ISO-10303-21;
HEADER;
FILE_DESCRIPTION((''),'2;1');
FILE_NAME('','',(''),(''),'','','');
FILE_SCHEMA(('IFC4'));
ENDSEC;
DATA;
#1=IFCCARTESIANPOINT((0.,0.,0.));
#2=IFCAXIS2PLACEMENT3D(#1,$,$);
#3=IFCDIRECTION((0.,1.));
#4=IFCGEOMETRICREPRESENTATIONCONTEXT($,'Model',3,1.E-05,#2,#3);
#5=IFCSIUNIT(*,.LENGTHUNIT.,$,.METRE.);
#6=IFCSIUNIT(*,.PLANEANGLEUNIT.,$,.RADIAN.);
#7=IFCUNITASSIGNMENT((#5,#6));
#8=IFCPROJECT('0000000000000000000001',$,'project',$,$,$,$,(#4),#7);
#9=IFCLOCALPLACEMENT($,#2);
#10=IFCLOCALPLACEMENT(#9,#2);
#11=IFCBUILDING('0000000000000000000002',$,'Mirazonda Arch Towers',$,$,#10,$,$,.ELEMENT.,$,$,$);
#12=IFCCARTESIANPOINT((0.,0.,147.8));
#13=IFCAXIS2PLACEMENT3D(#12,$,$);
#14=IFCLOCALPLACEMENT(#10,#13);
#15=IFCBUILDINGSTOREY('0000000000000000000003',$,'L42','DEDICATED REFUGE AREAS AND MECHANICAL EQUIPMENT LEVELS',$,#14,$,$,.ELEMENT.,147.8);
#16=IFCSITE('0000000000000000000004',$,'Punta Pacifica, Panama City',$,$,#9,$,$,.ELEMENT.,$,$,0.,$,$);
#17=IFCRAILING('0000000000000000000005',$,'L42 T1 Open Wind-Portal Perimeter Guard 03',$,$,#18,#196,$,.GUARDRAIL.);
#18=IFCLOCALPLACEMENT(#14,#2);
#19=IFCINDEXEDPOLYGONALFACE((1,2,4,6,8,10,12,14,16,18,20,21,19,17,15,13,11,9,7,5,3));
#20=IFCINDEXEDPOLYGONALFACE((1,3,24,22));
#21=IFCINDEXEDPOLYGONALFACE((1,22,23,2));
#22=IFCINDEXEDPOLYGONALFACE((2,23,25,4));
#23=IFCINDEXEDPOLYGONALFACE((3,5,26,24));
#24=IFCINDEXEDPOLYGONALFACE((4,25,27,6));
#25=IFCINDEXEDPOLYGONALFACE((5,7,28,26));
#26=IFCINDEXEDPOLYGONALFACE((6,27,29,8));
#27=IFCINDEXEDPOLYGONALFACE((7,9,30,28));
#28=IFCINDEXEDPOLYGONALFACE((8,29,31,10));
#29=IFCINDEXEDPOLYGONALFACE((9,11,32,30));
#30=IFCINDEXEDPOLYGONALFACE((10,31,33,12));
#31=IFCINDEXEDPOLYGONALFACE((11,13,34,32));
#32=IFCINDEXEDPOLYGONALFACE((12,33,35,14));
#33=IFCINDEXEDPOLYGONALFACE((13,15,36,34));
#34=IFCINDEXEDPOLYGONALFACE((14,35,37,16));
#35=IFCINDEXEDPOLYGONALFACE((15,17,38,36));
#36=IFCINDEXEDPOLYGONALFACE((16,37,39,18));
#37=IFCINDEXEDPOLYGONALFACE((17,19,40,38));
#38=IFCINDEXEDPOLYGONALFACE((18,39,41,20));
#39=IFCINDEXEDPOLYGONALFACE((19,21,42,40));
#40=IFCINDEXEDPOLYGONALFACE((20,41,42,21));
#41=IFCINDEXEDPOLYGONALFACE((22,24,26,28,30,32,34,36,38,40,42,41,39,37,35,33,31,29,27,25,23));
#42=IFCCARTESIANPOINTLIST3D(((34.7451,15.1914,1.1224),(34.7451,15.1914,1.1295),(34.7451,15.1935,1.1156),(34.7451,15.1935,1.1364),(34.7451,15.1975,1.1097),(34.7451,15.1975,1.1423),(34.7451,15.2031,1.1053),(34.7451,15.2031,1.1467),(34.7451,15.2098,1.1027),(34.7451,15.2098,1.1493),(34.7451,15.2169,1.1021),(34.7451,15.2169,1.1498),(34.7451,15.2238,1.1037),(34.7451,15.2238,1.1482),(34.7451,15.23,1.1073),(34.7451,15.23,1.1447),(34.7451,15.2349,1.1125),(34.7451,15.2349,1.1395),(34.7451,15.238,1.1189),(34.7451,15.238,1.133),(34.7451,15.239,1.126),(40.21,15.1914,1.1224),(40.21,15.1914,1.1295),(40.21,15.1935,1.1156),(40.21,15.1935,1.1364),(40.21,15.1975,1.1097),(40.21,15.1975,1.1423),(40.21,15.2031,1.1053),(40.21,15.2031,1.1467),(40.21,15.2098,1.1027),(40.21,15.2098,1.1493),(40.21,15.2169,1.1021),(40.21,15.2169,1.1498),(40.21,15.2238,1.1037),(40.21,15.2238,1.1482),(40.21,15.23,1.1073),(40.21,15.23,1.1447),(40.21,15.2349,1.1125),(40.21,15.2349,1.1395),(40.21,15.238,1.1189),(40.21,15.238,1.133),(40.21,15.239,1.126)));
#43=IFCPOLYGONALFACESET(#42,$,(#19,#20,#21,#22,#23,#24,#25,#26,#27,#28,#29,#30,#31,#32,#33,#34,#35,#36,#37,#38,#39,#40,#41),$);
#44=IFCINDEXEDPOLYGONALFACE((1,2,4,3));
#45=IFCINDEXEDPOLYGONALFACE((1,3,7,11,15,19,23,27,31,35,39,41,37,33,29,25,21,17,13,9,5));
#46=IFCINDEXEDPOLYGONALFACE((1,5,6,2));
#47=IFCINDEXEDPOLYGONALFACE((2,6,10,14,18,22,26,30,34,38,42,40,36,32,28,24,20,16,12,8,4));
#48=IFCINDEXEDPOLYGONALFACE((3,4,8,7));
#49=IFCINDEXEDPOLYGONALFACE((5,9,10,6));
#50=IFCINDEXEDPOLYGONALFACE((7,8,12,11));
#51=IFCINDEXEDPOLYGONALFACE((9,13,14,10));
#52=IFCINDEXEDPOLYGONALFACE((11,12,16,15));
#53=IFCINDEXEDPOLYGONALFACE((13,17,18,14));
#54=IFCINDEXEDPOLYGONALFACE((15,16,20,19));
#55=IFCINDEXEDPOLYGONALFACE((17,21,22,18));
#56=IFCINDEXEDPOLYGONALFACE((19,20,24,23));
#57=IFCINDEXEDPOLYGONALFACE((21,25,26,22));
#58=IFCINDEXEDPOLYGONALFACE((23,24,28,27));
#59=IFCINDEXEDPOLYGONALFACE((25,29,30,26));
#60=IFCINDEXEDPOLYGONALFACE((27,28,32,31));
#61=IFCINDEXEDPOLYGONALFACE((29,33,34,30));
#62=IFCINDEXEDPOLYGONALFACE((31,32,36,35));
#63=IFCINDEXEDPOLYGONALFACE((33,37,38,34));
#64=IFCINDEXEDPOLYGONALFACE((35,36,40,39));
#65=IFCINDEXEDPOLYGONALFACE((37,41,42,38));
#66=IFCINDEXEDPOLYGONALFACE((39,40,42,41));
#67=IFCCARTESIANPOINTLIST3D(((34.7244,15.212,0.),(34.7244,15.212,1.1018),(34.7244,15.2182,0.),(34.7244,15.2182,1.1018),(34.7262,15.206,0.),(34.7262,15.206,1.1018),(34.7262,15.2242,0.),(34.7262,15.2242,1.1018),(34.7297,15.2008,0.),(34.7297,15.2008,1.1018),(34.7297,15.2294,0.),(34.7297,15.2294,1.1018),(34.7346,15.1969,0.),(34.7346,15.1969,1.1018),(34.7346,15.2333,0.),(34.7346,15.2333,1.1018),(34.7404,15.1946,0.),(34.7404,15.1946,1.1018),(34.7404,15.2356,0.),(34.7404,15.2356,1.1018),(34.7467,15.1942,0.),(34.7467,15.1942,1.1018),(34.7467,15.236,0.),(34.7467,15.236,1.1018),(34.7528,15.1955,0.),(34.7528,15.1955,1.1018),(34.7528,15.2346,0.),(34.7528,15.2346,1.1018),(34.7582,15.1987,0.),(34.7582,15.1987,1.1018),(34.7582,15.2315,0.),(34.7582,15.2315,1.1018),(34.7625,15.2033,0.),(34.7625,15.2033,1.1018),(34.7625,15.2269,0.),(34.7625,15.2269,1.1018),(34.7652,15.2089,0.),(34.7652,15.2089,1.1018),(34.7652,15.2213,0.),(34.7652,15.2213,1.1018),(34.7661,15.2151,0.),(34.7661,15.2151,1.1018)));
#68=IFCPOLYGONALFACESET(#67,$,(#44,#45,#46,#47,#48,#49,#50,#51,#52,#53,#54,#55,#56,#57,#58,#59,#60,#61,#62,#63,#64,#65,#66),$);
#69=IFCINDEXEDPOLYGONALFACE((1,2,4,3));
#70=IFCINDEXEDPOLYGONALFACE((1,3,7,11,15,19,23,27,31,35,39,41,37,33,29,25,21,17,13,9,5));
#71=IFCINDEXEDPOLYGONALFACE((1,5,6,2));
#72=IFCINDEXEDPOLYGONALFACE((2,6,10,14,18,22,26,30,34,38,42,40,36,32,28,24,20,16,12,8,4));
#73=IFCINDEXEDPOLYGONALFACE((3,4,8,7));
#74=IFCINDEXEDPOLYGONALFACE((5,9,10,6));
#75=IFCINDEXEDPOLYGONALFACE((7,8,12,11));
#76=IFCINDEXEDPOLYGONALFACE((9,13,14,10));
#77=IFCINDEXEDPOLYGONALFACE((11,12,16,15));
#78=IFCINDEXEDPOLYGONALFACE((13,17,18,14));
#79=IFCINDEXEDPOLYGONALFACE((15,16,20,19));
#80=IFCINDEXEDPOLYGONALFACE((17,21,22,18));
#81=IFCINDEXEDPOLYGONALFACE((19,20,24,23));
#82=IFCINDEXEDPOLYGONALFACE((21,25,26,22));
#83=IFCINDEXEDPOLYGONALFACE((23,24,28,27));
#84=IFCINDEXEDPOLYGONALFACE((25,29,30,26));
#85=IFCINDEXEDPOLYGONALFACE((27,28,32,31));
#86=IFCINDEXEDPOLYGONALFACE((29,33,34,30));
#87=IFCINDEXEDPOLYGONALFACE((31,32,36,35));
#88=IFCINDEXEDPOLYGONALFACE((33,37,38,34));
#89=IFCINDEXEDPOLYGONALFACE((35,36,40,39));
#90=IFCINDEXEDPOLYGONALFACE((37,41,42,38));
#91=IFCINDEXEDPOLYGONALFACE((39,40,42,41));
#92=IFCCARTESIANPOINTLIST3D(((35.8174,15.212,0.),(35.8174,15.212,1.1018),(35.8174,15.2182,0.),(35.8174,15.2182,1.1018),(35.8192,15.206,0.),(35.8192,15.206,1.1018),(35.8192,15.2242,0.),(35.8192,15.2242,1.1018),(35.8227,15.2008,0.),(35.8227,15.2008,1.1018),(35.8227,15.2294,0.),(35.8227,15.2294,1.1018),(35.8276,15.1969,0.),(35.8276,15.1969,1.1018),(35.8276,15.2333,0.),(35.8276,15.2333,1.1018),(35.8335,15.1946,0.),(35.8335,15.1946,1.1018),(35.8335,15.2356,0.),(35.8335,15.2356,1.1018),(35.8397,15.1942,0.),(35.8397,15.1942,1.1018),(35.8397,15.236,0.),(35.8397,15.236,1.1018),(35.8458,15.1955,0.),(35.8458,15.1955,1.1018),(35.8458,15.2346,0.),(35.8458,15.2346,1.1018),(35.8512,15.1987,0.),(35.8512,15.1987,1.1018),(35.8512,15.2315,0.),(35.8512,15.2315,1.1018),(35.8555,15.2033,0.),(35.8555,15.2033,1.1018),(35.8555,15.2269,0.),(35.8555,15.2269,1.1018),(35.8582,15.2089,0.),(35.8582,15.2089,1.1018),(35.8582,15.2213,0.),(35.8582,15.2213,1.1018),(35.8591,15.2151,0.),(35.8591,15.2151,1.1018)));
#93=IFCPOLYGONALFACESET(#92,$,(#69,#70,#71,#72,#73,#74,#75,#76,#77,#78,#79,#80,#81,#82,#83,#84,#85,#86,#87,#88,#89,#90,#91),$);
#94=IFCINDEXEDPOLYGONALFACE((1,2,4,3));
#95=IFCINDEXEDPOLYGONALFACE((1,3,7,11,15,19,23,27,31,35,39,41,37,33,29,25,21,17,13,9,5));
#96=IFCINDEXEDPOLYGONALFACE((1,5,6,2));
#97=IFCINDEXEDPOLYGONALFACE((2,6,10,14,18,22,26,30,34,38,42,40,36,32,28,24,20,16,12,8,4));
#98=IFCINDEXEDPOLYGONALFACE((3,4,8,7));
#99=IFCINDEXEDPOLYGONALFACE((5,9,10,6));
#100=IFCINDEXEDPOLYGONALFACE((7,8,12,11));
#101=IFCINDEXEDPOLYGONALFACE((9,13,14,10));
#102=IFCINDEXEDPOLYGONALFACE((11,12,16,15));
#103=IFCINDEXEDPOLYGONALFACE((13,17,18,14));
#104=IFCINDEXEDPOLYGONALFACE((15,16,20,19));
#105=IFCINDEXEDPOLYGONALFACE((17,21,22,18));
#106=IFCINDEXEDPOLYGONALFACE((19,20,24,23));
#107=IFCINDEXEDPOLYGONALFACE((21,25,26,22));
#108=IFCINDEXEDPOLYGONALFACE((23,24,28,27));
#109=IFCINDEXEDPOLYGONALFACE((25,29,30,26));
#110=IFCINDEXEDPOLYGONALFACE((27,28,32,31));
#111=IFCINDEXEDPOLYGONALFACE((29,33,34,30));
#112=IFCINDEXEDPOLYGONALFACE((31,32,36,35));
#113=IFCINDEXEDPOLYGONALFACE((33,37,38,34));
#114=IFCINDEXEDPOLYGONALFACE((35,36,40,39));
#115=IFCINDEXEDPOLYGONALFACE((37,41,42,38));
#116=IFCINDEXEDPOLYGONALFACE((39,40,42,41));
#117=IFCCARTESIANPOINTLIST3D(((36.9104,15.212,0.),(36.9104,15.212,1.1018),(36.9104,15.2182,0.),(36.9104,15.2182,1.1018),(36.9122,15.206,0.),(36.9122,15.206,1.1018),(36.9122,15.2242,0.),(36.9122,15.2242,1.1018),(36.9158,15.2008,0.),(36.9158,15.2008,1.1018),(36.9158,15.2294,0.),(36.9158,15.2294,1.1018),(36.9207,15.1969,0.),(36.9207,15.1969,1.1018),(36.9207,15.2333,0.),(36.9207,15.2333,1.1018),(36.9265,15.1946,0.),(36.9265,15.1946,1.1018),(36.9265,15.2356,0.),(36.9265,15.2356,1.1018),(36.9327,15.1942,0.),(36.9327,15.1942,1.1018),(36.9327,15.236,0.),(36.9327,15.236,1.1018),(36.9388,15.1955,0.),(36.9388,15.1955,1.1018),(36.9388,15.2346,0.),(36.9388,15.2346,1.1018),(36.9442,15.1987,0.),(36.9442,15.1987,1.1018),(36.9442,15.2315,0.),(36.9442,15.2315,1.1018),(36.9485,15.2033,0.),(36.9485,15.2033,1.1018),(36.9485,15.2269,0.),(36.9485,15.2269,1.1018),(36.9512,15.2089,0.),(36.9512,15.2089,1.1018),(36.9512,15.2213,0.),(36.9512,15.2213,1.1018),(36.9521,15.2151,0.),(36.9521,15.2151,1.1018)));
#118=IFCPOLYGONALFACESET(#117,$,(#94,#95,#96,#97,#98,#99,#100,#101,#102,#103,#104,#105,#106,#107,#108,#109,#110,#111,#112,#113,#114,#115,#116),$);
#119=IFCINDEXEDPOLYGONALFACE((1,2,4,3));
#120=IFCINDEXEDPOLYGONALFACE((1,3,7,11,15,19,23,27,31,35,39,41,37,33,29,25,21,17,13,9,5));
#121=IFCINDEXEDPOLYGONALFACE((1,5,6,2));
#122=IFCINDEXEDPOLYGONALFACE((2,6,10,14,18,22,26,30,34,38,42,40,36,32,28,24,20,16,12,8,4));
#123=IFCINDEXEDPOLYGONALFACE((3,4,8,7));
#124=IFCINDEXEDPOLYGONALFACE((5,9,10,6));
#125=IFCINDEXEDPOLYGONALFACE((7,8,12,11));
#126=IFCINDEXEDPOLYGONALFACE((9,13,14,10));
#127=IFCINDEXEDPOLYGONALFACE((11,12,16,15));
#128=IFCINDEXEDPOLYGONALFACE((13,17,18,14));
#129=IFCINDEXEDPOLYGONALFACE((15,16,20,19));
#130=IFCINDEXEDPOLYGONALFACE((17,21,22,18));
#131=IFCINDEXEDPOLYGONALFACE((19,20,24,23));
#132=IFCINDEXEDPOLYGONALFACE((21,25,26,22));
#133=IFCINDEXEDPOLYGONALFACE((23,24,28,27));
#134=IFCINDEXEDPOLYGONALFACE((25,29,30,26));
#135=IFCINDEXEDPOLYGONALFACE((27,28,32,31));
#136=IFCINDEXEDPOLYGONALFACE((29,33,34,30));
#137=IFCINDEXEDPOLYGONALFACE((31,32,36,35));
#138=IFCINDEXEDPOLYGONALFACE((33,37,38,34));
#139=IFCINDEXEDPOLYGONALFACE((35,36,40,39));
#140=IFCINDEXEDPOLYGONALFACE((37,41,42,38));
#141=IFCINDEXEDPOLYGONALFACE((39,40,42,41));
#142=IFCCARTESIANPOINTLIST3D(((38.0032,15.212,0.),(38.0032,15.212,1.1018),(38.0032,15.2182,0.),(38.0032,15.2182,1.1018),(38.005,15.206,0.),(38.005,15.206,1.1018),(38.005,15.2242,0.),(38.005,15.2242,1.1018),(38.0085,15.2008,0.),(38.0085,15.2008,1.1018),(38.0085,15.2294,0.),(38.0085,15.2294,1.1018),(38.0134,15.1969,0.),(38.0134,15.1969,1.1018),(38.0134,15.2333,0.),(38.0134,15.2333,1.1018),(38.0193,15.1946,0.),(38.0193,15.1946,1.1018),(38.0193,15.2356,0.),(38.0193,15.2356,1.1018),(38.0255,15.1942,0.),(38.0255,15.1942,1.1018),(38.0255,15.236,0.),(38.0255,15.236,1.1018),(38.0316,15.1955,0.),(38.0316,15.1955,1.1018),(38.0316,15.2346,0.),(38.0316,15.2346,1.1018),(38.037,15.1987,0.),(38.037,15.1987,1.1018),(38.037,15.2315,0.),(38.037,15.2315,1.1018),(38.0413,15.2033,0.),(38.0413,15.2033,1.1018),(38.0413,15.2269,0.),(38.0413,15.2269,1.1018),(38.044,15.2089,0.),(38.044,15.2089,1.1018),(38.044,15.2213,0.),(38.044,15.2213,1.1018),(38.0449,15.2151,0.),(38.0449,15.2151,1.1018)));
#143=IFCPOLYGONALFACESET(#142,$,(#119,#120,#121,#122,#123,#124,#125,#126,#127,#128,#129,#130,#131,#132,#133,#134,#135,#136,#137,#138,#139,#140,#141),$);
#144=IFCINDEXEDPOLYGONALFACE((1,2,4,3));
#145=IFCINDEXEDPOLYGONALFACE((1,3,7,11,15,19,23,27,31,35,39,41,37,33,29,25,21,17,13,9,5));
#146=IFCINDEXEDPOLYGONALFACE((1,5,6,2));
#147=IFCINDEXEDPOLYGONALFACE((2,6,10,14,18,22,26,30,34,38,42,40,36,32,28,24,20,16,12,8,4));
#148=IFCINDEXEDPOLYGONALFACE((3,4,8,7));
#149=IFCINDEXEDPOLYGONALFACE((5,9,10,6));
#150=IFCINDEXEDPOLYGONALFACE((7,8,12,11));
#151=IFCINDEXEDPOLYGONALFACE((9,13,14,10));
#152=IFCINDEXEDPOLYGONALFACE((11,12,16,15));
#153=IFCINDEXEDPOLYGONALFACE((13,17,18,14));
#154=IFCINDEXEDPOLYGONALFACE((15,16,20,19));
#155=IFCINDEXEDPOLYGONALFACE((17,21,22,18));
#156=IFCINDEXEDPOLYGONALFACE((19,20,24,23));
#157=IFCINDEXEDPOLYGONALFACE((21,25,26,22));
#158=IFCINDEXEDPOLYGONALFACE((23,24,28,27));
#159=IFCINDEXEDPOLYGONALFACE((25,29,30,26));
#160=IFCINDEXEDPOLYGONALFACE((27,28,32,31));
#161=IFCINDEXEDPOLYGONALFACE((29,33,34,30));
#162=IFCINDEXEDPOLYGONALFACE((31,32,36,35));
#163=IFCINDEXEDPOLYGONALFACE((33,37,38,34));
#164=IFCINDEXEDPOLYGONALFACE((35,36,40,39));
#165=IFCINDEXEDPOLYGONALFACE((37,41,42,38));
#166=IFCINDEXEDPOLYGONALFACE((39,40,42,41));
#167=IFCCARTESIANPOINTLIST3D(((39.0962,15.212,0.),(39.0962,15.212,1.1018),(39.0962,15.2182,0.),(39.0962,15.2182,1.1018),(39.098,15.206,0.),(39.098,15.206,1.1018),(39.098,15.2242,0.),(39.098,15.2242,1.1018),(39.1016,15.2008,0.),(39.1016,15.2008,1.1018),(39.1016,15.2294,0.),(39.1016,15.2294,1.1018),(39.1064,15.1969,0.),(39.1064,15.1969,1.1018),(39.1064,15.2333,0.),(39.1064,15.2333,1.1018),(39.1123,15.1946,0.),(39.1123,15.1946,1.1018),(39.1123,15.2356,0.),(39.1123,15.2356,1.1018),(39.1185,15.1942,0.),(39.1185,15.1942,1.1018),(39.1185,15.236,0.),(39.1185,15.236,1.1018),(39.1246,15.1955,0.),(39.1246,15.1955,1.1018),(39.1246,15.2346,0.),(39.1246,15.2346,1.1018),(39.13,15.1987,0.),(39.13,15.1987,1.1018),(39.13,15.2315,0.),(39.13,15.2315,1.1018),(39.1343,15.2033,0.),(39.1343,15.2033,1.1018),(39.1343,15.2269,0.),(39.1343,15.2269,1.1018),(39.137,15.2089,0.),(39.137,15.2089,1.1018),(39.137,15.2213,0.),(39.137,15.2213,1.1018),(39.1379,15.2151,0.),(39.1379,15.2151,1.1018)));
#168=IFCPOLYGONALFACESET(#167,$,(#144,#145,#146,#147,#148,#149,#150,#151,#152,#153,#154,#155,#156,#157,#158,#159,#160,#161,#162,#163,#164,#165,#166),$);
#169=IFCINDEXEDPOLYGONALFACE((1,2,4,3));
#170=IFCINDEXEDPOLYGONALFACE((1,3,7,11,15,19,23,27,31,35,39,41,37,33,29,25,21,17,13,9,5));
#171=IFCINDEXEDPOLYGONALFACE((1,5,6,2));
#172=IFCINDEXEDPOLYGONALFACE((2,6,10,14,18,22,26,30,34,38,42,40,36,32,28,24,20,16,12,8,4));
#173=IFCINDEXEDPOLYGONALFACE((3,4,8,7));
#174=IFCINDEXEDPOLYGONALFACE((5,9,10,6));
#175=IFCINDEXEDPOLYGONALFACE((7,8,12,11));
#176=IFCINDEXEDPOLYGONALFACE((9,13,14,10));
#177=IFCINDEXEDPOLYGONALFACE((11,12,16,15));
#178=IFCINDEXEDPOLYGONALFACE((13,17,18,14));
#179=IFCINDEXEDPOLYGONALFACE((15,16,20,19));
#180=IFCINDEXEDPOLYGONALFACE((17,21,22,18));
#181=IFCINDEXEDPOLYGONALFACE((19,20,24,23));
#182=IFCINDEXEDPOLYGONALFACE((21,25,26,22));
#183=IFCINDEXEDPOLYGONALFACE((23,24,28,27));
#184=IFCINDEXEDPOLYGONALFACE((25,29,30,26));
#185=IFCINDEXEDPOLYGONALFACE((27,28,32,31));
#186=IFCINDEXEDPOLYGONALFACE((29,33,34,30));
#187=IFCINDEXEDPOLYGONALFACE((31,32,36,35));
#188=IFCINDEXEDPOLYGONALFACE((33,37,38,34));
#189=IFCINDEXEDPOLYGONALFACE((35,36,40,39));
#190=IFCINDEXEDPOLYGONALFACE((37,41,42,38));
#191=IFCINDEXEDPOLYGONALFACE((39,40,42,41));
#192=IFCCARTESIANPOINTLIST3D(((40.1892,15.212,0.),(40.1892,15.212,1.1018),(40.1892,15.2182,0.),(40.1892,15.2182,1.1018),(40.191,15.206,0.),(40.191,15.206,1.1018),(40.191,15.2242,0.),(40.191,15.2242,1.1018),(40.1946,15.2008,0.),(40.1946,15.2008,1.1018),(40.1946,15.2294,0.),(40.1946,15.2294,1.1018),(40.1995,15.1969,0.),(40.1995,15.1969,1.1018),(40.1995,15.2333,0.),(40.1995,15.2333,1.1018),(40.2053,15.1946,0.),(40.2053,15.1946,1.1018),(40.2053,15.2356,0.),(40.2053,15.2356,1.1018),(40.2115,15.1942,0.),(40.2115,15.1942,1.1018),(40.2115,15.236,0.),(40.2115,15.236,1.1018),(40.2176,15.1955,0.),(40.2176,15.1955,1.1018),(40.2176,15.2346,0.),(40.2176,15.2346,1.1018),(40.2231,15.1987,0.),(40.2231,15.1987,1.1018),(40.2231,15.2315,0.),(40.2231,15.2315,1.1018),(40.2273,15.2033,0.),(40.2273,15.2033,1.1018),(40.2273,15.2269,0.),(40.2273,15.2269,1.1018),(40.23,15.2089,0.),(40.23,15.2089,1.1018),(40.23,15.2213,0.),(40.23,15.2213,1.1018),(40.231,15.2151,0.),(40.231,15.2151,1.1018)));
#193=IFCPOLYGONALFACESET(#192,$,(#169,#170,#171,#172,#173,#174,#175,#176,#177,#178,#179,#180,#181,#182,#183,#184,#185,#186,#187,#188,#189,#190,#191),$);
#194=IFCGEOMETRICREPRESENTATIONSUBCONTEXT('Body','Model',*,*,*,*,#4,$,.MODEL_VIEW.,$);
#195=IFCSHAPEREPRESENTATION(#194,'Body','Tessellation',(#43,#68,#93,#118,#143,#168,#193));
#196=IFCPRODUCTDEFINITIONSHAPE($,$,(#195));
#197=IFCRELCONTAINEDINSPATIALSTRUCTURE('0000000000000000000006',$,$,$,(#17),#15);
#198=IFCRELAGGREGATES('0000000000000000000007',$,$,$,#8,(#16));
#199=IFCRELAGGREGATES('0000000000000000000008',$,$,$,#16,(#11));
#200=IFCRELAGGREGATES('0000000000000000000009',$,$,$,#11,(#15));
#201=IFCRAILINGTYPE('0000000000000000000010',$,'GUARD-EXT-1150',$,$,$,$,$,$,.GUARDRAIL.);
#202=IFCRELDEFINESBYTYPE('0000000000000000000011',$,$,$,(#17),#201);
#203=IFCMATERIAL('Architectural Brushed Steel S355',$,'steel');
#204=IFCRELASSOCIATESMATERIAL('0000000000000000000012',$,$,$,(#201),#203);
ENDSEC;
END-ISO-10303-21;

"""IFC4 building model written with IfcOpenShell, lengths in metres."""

from ifc_helpers import new_model, si_unit, direction, frame, origin, origin_2d, place, context, subcontext, project, spatial, circle, extrude, material, type_object, element, save


model = new_model("IFC4")

# Units and contexts
model_context = context("Model", 3, precision=1e-05, world=origin(), true_north=direction((0.0, 1.0)))
body_context = subcontext(model_context, "Body", "Model", "MODEL_VIEW")
ifc_project = project(units=[si_unit("LENGTHUNIT", "METRE"), si_unit("PLANEANGLEUNIT", "RADIAN")], contexts=[model_context])

# Site, building, storey
site_placement = place(None, origin())
site = spatial("IfcSite", under=ifc_project, at=site_placement, Name="Punta Pacifica, Panama City", CompositionType="ELEMENT", RefElevation=0.0)
building_placement = place(site_placement, origin())
building = spatial("IfcBuilding", under=site, at=building_placement, Name="Mirazonda Arch Towers", CompositionType="ELEMENT")
storey_placement = place(building_placement, frame((0.0, 0.0, 147.8)))
storey = spatial("IfcBuildingStorey", under=building, at=storey_placement, Name="L42", Description="DEDICATED REFUGE AREAS AND MECHANICAL EQUIPMENT LEVELS", CompositionType="ELEMENT", Elevation=147.8)

# Railing
ifc_material_1 = material(Name="Architectural Brushed Steel S355", Category="steel")
railing_type = type_object("IfcRailingType", Name="GUARD-EXT-1150", PredefinedType="GUARDRAIL", material=ifc_material_1)
railing_1_placement = place(storey_placement, frame((34.7451, 15.2151, 0.0)))
element("IfcRailing", 1, at=railing_1_placement, inside=storey, type_object=railing_type, Name="L42 T1 Open Wind-Portal Perimeter Guard 03", PredefinedType="GUARDRAIL", context=body_context, shape_type="SweptSolid", body=[
    extrude(circle(Radius=0.0239, at=origin_2d()), frame((0.0, 0.0, 1.126), z_axis=(1.0, 0.0, 0.0), x_axis=(0.0, 1.0, 0.0)), (0.0, 0.0, 1.0), 5.4648),
    extrude(circle(Radius=0.021, at=origin_2d()), origin(), (0.0, 0.0, 1.0), 1.1018),
    extrude(circle(Radius=0.021, at=origin_2d()), frame((1.093, 0.0, 0.0)), (0.0, 0.0, 1.0), 1.1018),
    extrude(circle(Radius=0.021, at=origin_2d()), frame((2.186, 0.0, 0.0)), (0.0, 0.0, 1.0), 1.1018),
    extrude(circle(Radius=0.021, at=origin_2d()), frame((3.2788, 0.0, 0.0)), (0.0, 0.0, 1.0), 1.1018),
    extrude(circle(Radius=0.021, at=origin_2d()), frame((4.3718, 0.0, 0.0)), (0.0, 0.0, 1.0), 1.1018),
    extrude(circle(Radius=0.021, at=origin_2d()), frame((5.4648, 0.0, 0.0)), (0.0, 0.0, 1.0), 1.1018),
])

save(model, "model.ifc")
